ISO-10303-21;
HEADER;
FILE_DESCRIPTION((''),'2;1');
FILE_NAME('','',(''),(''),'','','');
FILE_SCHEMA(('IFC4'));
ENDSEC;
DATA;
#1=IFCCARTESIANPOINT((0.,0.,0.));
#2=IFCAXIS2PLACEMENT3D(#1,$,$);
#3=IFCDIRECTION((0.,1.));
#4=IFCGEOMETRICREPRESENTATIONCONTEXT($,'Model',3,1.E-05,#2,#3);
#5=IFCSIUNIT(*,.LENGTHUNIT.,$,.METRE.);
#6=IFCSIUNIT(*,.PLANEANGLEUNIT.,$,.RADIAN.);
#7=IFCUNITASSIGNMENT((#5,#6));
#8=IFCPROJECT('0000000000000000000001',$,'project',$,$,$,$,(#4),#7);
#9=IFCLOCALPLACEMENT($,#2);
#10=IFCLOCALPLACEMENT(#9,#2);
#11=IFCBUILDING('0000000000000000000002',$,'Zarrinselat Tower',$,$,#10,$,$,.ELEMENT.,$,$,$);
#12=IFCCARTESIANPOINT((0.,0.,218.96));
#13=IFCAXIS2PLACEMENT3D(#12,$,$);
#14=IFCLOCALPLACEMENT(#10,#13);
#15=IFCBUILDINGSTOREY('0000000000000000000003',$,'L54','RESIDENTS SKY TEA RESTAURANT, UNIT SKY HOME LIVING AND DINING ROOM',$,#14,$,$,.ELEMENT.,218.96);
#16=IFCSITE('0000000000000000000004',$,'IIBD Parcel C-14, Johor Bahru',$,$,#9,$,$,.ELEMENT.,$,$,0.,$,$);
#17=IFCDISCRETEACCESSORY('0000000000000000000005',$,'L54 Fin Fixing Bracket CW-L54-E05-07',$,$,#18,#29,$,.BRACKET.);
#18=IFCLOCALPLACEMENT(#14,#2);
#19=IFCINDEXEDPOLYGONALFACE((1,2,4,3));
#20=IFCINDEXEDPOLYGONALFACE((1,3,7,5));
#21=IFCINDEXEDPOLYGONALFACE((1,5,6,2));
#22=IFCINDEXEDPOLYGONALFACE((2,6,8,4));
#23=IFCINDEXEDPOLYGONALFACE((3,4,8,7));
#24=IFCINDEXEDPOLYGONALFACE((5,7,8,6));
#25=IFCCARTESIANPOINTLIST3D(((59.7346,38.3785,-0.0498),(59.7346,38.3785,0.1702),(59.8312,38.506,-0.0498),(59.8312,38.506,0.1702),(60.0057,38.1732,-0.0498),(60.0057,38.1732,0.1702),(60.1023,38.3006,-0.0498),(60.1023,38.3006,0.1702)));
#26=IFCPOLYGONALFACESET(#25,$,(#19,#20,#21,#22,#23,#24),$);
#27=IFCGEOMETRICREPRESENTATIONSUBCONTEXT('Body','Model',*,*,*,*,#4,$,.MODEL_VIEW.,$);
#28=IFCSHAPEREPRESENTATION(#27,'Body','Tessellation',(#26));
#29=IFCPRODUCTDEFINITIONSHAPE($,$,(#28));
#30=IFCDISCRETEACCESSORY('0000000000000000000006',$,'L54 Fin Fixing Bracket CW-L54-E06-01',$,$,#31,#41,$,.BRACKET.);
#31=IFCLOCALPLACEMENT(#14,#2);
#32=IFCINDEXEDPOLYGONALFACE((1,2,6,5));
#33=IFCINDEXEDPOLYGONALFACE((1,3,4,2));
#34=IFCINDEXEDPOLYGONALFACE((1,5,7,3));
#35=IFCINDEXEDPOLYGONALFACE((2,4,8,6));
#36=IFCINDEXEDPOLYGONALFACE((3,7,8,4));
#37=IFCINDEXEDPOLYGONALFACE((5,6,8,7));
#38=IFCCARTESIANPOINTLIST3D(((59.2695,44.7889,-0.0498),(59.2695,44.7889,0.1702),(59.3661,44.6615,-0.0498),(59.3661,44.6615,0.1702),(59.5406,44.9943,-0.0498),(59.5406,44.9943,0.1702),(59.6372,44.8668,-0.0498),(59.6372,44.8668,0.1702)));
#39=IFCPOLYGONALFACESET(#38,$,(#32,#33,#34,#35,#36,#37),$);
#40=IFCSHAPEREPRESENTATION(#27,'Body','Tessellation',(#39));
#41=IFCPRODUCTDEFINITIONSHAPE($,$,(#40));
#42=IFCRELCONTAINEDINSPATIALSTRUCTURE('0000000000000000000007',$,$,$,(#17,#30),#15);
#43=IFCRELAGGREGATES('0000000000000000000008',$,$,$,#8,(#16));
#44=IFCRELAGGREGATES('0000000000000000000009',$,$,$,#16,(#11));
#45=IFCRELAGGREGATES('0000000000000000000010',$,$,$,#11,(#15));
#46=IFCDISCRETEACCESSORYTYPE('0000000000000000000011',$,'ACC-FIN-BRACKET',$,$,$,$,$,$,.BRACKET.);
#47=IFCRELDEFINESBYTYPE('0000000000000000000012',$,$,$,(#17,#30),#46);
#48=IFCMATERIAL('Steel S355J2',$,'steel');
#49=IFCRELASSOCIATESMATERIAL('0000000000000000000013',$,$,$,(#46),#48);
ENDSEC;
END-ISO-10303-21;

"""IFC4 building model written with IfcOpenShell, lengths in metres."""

from ifc_helpers import new_model, si_unit, direction, frame, origin, origin_2d, place, context, subcontext, project, spatial, rectangle, extrude, material, type_object, element, save


model = new_model("IFC4")

# Units and contexts
model_context = context("Model", 3, precision=1e-05, world=origin(), true_north=direction((0.0, 1.0)))
body_context = subcontext(model_context, "Body", "Model", "MODEL_VIEW")
ifc_project = project(units=[si_unit("LENGTHUNIT", "METRE"), si_unit("PLANEANGLEUNIT", "RADIAN")], contexts=[model_context])

# Site, building, storey
site_placement = place(None, origin())
site = spatial("IfcSite", under=ifc_project, at=site_placement, Name="IIBD Parcel C-14, Johor Bahru", CompositionType="ELEMENT", RefElevation=0.0)
building_placement = place(site_placement, origin())
building = spatial("IfcBuilding", under=site, at=building_placement, Name="Zarrinselat Tower", CompositionType="ELEMENT")
storey_placement = place(building_placement, frame((0.0, 0.0, 218.96)))
storey = spatial("IfcBuildingStorey", under=building, at=storey_placement, Name="L54", Description="RESIDENTS SKY TEA RESTAURANT, UNIT SKY HOME LIVING AND DINING ROOM", CompositionType="ELEMENT", Elevation=218.96)

# Discrete accessories
ifc_material_1 = material(Name="Steel S355J2", Category="steel")
discrete_accessory_type = type_object("IfcDiscreteAccessoryType", Name="ACC-FIN-BRACKET", PredefinedType="BRACKET", material=ifc_material_1)
for number, where, z_axis, x_axis, name in (
    (1, (59.9185, 38.3396, -0.0498), (0.0, 0.0, 1.0), (0.797091, -0.603859, 0.0), "L54 Fin Fixing Bracket CW-L54-E05-07"),
    (2, (59.4534, 44.8279, -0.0498), (0.0, 0.0, 1.0), (0.79709, 0.60386, 0.0), "L54 Fin Fixing Bracket CW-L54-E06-01"),
):
    element("IfcDiscreteAccessory", number, at=place(storey_placement, frame(where, z_axis=z_axis, x_axis=x_axis)), inside=storey, type_object=discrete_accessory_type, Name=name, PredefinedType="BRACKET", context=body_context, shape_type="SweptSolid", body=[
        extrude(rectangle(XDim=0.3401, YDim=0.1599, at=origin_2d()), origin(), (0.0, 0.0, 1.0), 0.22),
    ])

save(model, "model.ifc")
